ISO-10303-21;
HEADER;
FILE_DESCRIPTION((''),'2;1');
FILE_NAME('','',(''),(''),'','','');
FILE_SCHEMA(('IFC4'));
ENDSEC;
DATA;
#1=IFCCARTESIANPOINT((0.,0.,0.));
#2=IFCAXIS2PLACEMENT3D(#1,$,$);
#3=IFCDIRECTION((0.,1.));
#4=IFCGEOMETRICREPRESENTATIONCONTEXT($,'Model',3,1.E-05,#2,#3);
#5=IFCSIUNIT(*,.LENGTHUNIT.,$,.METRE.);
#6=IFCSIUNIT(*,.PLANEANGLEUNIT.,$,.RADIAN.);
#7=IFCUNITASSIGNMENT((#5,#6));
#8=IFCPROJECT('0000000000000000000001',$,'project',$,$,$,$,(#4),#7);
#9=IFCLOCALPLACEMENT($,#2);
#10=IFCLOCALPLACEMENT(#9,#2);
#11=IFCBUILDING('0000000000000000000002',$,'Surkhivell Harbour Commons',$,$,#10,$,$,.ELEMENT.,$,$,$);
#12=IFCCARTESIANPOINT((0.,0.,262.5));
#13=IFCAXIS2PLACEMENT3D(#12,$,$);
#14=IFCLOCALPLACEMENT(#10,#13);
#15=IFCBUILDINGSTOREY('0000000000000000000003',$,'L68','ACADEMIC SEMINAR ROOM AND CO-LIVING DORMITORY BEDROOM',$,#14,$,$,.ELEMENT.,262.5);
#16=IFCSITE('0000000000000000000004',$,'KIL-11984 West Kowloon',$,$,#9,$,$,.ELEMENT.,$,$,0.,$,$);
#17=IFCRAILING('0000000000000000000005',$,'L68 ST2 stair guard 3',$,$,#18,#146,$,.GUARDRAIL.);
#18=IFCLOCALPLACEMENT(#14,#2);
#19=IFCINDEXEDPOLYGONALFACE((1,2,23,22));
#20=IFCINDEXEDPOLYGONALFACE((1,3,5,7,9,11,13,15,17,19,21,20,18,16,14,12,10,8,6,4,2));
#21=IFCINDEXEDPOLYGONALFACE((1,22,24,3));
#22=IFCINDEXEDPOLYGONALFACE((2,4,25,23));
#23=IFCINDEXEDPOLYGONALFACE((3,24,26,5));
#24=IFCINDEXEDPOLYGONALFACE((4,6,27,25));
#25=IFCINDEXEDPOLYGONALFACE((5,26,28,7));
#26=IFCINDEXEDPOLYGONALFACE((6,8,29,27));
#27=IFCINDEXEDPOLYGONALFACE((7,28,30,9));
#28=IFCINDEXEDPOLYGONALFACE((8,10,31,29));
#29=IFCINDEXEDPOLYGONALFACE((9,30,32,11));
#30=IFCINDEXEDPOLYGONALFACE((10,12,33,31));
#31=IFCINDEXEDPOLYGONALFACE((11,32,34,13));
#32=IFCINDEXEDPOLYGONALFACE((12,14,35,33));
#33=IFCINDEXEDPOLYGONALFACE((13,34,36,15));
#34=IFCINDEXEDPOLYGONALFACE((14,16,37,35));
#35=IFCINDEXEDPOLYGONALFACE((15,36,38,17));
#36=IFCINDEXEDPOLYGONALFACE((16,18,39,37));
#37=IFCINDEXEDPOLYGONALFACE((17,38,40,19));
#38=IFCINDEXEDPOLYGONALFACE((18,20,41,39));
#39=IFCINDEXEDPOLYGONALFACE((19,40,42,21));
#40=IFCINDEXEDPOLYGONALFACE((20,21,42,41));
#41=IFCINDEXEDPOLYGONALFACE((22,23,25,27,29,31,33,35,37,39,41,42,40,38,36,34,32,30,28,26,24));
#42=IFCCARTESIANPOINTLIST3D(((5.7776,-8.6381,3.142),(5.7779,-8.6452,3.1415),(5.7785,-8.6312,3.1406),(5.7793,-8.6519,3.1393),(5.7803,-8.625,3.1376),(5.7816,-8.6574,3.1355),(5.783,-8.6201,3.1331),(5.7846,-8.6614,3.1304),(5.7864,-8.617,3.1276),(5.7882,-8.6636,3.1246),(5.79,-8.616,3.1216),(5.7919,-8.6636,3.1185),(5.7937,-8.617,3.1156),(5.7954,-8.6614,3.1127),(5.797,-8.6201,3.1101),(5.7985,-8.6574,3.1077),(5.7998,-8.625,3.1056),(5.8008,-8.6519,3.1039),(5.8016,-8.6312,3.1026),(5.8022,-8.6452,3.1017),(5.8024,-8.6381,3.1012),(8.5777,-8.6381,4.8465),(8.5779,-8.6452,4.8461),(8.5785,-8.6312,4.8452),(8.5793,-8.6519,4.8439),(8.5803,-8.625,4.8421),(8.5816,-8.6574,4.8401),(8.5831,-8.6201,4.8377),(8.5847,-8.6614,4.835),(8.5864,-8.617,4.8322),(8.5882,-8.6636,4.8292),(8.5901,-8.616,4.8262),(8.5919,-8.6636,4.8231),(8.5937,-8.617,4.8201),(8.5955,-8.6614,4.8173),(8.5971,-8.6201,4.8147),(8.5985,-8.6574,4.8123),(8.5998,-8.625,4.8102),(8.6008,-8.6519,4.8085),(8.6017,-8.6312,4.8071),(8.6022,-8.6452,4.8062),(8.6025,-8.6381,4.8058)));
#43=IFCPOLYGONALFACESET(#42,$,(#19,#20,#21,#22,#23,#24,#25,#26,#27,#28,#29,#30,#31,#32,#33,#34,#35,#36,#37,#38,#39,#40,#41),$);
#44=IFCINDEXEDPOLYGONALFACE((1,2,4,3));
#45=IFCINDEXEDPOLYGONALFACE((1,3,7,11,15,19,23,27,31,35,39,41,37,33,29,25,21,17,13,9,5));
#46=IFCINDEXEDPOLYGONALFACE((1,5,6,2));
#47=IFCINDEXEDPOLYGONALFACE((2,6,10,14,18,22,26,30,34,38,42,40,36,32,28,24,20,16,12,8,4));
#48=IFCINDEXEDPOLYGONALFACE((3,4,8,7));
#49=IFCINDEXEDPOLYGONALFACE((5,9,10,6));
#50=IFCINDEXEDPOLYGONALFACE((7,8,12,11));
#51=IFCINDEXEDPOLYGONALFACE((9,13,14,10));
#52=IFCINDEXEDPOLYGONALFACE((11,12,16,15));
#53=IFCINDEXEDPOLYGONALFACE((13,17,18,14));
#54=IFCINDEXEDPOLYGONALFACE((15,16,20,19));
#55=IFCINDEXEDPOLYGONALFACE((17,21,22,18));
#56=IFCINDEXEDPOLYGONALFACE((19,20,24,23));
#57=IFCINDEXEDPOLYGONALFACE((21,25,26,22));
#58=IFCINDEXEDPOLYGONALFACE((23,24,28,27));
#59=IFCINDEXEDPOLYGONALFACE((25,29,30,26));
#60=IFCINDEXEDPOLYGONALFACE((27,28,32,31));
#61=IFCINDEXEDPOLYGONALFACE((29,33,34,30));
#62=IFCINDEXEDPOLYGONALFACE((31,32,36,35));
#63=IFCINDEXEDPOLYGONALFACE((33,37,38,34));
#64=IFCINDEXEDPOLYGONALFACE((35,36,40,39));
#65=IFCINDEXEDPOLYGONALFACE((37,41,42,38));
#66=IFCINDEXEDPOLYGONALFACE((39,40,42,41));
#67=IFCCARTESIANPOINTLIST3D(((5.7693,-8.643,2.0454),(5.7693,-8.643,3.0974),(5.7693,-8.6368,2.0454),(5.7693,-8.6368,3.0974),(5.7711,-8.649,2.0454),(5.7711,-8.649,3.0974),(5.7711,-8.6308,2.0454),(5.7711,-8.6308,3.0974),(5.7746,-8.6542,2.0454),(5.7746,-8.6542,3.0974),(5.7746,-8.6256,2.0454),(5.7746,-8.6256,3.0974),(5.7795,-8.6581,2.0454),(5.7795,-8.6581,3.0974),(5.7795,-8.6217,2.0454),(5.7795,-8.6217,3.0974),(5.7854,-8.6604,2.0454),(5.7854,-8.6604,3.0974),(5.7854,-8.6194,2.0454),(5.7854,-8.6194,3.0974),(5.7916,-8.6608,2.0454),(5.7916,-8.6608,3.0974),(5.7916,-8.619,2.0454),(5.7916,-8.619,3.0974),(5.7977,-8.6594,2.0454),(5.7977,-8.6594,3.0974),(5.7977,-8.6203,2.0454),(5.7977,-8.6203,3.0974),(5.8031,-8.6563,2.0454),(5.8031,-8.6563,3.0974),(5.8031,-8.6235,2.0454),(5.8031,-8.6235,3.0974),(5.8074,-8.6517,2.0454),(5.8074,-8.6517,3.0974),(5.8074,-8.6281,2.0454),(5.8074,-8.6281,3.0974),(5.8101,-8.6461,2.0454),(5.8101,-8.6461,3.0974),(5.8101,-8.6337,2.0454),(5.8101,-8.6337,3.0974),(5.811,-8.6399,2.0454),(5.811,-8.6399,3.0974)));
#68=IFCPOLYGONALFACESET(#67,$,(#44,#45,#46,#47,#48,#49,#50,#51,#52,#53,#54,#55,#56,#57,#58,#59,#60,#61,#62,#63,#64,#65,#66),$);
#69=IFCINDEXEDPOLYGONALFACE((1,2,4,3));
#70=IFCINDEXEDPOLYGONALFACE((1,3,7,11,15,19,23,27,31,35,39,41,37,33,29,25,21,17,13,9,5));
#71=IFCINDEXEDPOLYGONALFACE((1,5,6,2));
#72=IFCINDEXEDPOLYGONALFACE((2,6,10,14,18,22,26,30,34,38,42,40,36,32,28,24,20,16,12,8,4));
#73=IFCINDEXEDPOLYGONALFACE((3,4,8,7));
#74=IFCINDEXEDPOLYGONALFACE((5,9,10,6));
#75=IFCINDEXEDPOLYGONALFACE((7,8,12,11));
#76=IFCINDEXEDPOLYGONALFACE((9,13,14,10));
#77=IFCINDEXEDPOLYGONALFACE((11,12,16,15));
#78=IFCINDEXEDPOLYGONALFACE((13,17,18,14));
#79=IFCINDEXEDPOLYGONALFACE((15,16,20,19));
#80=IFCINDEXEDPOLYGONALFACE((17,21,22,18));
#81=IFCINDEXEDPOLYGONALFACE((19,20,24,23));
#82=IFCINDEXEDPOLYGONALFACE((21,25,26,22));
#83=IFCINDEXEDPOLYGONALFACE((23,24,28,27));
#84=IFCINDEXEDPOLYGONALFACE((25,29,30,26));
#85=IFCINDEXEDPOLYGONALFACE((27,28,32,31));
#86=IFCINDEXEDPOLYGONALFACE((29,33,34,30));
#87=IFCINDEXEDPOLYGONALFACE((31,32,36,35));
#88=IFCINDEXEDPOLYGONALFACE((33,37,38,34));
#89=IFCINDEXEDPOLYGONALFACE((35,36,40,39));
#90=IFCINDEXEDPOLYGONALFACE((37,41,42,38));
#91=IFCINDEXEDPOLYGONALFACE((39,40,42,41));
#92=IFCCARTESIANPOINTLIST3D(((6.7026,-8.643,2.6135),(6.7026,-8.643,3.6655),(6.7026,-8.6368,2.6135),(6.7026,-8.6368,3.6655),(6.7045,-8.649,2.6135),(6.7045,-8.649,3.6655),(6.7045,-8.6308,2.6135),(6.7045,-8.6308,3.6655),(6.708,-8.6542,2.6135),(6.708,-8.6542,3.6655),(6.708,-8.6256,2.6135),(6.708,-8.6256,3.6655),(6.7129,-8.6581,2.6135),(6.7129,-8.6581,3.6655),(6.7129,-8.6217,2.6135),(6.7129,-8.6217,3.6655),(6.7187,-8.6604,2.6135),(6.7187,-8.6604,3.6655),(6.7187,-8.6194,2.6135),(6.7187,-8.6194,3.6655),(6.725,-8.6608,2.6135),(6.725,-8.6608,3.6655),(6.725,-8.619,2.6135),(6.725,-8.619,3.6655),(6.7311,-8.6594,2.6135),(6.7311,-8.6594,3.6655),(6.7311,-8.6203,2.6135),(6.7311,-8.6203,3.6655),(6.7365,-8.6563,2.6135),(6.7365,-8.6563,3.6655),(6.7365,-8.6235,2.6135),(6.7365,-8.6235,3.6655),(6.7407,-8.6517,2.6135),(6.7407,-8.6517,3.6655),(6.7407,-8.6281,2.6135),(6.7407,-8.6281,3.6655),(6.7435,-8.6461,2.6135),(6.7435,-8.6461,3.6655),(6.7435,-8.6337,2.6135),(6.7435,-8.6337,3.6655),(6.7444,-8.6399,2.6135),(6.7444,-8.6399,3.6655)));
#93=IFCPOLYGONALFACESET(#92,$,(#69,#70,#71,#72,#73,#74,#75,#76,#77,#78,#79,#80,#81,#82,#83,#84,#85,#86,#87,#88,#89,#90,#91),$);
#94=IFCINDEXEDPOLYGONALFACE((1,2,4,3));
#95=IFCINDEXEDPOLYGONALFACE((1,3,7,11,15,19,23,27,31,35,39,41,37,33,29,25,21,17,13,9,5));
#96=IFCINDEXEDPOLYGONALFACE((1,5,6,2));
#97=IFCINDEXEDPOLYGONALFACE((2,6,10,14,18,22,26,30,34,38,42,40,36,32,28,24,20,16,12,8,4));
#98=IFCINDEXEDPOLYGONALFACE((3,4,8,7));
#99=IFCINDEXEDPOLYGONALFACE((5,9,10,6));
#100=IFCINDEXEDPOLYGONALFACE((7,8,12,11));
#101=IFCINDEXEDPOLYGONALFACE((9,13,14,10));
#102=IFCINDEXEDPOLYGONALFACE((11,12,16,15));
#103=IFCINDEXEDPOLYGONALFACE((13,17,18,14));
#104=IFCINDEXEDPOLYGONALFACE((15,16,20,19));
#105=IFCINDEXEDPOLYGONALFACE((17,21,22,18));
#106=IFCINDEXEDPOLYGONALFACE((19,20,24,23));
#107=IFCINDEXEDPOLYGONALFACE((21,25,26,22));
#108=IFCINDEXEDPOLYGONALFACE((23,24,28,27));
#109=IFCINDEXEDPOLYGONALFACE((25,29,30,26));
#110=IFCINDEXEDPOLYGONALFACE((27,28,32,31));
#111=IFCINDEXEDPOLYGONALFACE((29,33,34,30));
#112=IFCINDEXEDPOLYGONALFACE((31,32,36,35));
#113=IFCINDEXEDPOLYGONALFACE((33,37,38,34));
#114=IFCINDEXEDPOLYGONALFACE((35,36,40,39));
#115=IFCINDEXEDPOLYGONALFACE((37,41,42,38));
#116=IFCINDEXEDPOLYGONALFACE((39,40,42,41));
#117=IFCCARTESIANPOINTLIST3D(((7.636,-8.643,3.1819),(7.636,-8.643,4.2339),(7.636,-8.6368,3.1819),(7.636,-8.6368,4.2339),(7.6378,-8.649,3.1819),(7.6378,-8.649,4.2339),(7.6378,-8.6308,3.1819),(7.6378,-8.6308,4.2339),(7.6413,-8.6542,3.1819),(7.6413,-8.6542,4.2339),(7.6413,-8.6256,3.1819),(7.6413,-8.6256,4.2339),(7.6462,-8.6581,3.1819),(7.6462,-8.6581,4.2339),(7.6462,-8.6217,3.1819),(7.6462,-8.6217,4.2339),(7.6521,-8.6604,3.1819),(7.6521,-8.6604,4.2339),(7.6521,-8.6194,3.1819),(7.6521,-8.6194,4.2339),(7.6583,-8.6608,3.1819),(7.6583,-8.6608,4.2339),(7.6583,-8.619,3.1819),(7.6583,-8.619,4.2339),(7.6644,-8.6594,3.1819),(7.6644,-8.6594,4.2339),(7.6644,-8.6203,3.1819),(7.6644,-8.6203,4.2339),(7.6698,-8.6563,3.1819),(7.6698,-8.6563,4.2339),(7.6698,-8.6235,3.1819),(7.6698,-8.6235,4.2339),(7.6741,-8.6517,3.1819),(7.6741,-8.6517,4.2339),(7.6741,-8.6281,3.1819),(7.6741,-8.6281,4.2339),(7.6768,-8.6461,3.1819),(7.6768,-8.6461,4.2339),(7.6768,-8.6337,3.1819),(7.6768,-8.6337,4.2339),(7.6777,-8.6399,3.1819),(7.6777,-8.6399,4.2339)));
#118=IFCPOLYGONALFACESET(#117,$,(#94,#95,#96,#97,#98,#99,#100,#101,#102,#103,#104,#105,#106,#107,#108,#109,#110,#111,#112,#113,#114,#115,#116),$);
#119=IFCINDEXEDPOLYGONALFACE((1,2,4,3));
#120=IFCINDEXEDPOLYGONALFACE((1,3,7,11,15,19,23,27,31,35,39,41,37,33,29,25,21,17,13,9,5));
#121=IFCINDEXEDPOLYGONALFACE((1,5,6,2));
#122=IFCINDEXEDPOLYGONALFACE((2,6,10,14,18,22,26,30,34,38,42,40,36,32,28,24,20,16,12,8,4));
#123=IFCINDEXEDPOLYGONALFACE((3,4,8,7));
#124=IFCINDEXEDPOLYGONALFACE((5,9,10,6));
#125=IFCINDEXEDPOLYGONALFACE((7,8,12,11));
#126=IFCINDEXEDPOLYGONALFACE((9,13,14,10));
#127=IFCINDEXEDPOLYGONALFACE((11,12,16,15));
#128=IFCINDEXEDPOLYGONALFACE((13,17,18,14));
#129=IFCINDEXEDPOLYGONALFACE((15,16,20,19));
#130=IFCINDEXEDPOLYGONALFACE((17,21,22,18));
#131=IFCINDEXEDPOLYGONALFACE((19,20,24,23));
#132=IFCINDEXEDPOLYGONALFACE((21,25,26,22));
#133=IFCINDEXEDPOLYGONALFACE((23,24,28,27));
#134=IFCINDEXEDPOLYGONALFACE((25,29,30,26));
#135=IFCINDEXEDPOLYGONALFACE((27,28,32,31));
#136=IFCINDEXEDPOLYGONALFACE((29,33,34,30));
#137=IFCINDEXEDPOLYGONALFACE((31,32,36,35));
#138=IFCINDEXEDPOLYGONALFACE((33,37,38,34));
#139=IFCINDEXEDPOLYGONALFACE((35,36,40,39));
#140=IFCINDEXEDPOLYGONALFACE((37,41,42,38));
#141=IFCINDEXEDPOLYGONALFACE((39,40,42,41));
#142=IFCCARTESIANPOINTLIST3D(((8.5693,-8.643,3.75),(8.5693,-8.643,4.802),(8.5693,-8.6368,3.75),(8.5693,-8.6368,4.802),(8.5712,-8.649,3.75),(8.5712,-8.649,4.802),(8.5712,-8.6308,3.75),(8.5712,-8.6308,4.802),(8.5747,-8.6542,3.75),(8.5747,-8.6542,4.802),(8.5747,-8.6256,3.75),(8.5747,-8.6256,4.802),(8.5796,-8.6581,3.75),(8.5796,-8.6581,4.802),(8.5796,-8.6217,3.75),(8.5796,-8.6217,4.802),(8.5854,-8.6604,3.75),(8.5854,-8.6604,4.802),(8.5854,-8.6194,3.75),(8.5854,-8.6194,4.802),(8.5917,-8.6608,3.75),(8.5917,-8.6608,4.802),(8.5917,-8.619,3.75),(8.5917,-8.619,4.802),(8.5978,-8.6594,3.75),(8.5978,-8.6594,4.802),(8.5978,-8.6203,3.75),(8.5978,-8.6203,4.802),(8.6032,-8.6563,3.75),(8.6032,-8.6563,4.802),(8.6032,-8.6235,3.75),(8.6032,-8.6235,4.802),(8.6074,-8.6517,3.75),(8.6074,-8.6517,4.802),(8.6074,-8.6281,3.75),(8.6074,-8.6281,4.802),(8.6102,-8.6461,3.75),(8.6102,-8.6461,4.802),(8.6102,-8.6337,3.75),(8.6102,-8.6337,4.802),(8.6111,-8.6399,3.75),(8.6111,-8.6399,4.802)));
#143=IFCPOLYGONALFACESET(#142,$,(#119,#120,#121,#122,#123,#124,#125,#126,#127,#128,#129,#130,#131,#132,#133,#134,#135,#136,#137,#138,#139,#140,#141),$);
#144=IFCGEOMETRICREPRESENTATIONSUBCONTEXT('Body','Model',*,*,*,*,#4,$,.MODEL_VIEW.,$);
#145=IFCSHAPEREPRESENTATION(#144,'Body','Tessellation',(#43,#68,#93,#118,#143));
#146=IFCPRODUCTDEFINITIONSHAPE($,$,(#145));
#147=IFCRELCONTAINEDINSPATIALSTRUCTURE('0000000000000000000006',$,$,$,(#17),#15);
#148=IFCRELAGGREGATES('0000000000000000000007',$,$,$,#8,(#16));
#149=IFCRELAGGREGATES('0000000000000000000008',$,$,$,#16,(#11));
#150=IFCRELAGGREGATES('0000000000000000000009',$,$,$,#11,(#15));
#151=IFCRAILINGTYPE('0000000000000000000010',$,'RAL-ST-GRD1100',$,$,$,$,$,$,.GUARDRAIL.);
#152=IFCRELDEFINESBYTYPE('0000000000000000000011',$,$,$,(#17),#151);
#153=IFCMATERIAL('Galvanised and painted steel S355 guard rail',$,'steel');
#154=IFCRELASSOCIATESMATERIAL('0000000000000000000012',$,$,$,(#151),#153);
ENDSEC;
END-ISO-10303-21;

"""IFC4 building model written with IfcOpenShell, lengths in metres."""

from ifc_helpers import new_model, si_unit, direction, frame, origin, origin_2d, place, context, subcontext, project, spatial, circle, extrude, material, type_object, element, save


model = new_model("IFC4")

# Units and contexts
model_context = context("Model", 3, precision=1e-05, world=origin(), true_north=direction((0.0, 1.0)))
body_context = subcontext(model_context, "Body", "Model", "MODEL_VIEW")
ifc_project = project(units=[si_unit("LENGTHUNIT", "METRE"), si_unit("PLANEANGLEUNIT", "RADIAN")], contexts=[model_context])

# Site, building, storey
site_placement = place(None, origin())
site = spatial("IfcSite", under=ifc_project, at=site_placement, Name="KIL-11984 West Kowloon", CompositionType="ELEMENT", RefElevation=0.0)
building_placement = place(site_placement, origin())
building = spatial("IfcBuilding", under=site, at=building_placement, Name="Surkhivell Harbour Commons", CompositionType="ELEMENT")
storey_placement = place(building_placement, frame((0.0, 0.0, 262.5)))
storey = spatial("IfcBuildingStorey", under=building, at=storey_placement, Name="L68", Description="ACADEMIC SEMINAR ROOM AND CO-LIVING DORMITORY BEDROOM", CompositionType="ELEMENT", Elevation=262.5)

# Railing
ifc_material_1 = material(Name="Galvanised and painted steel S355 guard rail", Category="steel")
railing_type_1 = type_object("IfcRailingType", Name="RAL-ST-GRD1100", PredefinedType="GUARDRAIL", material=ifc_material_1)
railing_1_placement = place(storey_placement, frame((5.79, -8.6399, 2.0454)))
element("IfcRailing", 1, at=railing_1_placement, inside=storey, type_object=railing_type_1, Name="L68 ST2 stair guard 3", PredefinedType="GUARDRAIL", context=body_context, shape_type="SweptSolid", body=[
    extrude(circle(Radius=0.0239, at=origin_2d()), frame((0.0, 0.0, 1.0762), z_axis=(0.85417, 0.0, 0.519994), x_axis=(0.0, 1.0, 0.0)), (0.0, 0.0, 1.0), 3.2781),
    extrude(circle(Radius=0.021, at=origin_2d()), origin(), (0.0, 0.0, 1.0), 1.052),
    extrude(circle(Radius=0.021, at=origin_2d()), frame((0.9333, 0.0, 0.5681)), (0.0, 0.0, 1.0), 1.052),
    extrude(circle(Radius=0.021, at=origin_2d()), frame((1.8667, 0.0, 1.1365)), (0.0, 0.0, 1.0), 1.052),
    extrude(circle(Radius=0.021, at=origin_2d()), frame((2.8, 0.0, 1.7046)), (0.0, 0.0, 1.0), 1.052),
])

save(model, "model.ifc")
